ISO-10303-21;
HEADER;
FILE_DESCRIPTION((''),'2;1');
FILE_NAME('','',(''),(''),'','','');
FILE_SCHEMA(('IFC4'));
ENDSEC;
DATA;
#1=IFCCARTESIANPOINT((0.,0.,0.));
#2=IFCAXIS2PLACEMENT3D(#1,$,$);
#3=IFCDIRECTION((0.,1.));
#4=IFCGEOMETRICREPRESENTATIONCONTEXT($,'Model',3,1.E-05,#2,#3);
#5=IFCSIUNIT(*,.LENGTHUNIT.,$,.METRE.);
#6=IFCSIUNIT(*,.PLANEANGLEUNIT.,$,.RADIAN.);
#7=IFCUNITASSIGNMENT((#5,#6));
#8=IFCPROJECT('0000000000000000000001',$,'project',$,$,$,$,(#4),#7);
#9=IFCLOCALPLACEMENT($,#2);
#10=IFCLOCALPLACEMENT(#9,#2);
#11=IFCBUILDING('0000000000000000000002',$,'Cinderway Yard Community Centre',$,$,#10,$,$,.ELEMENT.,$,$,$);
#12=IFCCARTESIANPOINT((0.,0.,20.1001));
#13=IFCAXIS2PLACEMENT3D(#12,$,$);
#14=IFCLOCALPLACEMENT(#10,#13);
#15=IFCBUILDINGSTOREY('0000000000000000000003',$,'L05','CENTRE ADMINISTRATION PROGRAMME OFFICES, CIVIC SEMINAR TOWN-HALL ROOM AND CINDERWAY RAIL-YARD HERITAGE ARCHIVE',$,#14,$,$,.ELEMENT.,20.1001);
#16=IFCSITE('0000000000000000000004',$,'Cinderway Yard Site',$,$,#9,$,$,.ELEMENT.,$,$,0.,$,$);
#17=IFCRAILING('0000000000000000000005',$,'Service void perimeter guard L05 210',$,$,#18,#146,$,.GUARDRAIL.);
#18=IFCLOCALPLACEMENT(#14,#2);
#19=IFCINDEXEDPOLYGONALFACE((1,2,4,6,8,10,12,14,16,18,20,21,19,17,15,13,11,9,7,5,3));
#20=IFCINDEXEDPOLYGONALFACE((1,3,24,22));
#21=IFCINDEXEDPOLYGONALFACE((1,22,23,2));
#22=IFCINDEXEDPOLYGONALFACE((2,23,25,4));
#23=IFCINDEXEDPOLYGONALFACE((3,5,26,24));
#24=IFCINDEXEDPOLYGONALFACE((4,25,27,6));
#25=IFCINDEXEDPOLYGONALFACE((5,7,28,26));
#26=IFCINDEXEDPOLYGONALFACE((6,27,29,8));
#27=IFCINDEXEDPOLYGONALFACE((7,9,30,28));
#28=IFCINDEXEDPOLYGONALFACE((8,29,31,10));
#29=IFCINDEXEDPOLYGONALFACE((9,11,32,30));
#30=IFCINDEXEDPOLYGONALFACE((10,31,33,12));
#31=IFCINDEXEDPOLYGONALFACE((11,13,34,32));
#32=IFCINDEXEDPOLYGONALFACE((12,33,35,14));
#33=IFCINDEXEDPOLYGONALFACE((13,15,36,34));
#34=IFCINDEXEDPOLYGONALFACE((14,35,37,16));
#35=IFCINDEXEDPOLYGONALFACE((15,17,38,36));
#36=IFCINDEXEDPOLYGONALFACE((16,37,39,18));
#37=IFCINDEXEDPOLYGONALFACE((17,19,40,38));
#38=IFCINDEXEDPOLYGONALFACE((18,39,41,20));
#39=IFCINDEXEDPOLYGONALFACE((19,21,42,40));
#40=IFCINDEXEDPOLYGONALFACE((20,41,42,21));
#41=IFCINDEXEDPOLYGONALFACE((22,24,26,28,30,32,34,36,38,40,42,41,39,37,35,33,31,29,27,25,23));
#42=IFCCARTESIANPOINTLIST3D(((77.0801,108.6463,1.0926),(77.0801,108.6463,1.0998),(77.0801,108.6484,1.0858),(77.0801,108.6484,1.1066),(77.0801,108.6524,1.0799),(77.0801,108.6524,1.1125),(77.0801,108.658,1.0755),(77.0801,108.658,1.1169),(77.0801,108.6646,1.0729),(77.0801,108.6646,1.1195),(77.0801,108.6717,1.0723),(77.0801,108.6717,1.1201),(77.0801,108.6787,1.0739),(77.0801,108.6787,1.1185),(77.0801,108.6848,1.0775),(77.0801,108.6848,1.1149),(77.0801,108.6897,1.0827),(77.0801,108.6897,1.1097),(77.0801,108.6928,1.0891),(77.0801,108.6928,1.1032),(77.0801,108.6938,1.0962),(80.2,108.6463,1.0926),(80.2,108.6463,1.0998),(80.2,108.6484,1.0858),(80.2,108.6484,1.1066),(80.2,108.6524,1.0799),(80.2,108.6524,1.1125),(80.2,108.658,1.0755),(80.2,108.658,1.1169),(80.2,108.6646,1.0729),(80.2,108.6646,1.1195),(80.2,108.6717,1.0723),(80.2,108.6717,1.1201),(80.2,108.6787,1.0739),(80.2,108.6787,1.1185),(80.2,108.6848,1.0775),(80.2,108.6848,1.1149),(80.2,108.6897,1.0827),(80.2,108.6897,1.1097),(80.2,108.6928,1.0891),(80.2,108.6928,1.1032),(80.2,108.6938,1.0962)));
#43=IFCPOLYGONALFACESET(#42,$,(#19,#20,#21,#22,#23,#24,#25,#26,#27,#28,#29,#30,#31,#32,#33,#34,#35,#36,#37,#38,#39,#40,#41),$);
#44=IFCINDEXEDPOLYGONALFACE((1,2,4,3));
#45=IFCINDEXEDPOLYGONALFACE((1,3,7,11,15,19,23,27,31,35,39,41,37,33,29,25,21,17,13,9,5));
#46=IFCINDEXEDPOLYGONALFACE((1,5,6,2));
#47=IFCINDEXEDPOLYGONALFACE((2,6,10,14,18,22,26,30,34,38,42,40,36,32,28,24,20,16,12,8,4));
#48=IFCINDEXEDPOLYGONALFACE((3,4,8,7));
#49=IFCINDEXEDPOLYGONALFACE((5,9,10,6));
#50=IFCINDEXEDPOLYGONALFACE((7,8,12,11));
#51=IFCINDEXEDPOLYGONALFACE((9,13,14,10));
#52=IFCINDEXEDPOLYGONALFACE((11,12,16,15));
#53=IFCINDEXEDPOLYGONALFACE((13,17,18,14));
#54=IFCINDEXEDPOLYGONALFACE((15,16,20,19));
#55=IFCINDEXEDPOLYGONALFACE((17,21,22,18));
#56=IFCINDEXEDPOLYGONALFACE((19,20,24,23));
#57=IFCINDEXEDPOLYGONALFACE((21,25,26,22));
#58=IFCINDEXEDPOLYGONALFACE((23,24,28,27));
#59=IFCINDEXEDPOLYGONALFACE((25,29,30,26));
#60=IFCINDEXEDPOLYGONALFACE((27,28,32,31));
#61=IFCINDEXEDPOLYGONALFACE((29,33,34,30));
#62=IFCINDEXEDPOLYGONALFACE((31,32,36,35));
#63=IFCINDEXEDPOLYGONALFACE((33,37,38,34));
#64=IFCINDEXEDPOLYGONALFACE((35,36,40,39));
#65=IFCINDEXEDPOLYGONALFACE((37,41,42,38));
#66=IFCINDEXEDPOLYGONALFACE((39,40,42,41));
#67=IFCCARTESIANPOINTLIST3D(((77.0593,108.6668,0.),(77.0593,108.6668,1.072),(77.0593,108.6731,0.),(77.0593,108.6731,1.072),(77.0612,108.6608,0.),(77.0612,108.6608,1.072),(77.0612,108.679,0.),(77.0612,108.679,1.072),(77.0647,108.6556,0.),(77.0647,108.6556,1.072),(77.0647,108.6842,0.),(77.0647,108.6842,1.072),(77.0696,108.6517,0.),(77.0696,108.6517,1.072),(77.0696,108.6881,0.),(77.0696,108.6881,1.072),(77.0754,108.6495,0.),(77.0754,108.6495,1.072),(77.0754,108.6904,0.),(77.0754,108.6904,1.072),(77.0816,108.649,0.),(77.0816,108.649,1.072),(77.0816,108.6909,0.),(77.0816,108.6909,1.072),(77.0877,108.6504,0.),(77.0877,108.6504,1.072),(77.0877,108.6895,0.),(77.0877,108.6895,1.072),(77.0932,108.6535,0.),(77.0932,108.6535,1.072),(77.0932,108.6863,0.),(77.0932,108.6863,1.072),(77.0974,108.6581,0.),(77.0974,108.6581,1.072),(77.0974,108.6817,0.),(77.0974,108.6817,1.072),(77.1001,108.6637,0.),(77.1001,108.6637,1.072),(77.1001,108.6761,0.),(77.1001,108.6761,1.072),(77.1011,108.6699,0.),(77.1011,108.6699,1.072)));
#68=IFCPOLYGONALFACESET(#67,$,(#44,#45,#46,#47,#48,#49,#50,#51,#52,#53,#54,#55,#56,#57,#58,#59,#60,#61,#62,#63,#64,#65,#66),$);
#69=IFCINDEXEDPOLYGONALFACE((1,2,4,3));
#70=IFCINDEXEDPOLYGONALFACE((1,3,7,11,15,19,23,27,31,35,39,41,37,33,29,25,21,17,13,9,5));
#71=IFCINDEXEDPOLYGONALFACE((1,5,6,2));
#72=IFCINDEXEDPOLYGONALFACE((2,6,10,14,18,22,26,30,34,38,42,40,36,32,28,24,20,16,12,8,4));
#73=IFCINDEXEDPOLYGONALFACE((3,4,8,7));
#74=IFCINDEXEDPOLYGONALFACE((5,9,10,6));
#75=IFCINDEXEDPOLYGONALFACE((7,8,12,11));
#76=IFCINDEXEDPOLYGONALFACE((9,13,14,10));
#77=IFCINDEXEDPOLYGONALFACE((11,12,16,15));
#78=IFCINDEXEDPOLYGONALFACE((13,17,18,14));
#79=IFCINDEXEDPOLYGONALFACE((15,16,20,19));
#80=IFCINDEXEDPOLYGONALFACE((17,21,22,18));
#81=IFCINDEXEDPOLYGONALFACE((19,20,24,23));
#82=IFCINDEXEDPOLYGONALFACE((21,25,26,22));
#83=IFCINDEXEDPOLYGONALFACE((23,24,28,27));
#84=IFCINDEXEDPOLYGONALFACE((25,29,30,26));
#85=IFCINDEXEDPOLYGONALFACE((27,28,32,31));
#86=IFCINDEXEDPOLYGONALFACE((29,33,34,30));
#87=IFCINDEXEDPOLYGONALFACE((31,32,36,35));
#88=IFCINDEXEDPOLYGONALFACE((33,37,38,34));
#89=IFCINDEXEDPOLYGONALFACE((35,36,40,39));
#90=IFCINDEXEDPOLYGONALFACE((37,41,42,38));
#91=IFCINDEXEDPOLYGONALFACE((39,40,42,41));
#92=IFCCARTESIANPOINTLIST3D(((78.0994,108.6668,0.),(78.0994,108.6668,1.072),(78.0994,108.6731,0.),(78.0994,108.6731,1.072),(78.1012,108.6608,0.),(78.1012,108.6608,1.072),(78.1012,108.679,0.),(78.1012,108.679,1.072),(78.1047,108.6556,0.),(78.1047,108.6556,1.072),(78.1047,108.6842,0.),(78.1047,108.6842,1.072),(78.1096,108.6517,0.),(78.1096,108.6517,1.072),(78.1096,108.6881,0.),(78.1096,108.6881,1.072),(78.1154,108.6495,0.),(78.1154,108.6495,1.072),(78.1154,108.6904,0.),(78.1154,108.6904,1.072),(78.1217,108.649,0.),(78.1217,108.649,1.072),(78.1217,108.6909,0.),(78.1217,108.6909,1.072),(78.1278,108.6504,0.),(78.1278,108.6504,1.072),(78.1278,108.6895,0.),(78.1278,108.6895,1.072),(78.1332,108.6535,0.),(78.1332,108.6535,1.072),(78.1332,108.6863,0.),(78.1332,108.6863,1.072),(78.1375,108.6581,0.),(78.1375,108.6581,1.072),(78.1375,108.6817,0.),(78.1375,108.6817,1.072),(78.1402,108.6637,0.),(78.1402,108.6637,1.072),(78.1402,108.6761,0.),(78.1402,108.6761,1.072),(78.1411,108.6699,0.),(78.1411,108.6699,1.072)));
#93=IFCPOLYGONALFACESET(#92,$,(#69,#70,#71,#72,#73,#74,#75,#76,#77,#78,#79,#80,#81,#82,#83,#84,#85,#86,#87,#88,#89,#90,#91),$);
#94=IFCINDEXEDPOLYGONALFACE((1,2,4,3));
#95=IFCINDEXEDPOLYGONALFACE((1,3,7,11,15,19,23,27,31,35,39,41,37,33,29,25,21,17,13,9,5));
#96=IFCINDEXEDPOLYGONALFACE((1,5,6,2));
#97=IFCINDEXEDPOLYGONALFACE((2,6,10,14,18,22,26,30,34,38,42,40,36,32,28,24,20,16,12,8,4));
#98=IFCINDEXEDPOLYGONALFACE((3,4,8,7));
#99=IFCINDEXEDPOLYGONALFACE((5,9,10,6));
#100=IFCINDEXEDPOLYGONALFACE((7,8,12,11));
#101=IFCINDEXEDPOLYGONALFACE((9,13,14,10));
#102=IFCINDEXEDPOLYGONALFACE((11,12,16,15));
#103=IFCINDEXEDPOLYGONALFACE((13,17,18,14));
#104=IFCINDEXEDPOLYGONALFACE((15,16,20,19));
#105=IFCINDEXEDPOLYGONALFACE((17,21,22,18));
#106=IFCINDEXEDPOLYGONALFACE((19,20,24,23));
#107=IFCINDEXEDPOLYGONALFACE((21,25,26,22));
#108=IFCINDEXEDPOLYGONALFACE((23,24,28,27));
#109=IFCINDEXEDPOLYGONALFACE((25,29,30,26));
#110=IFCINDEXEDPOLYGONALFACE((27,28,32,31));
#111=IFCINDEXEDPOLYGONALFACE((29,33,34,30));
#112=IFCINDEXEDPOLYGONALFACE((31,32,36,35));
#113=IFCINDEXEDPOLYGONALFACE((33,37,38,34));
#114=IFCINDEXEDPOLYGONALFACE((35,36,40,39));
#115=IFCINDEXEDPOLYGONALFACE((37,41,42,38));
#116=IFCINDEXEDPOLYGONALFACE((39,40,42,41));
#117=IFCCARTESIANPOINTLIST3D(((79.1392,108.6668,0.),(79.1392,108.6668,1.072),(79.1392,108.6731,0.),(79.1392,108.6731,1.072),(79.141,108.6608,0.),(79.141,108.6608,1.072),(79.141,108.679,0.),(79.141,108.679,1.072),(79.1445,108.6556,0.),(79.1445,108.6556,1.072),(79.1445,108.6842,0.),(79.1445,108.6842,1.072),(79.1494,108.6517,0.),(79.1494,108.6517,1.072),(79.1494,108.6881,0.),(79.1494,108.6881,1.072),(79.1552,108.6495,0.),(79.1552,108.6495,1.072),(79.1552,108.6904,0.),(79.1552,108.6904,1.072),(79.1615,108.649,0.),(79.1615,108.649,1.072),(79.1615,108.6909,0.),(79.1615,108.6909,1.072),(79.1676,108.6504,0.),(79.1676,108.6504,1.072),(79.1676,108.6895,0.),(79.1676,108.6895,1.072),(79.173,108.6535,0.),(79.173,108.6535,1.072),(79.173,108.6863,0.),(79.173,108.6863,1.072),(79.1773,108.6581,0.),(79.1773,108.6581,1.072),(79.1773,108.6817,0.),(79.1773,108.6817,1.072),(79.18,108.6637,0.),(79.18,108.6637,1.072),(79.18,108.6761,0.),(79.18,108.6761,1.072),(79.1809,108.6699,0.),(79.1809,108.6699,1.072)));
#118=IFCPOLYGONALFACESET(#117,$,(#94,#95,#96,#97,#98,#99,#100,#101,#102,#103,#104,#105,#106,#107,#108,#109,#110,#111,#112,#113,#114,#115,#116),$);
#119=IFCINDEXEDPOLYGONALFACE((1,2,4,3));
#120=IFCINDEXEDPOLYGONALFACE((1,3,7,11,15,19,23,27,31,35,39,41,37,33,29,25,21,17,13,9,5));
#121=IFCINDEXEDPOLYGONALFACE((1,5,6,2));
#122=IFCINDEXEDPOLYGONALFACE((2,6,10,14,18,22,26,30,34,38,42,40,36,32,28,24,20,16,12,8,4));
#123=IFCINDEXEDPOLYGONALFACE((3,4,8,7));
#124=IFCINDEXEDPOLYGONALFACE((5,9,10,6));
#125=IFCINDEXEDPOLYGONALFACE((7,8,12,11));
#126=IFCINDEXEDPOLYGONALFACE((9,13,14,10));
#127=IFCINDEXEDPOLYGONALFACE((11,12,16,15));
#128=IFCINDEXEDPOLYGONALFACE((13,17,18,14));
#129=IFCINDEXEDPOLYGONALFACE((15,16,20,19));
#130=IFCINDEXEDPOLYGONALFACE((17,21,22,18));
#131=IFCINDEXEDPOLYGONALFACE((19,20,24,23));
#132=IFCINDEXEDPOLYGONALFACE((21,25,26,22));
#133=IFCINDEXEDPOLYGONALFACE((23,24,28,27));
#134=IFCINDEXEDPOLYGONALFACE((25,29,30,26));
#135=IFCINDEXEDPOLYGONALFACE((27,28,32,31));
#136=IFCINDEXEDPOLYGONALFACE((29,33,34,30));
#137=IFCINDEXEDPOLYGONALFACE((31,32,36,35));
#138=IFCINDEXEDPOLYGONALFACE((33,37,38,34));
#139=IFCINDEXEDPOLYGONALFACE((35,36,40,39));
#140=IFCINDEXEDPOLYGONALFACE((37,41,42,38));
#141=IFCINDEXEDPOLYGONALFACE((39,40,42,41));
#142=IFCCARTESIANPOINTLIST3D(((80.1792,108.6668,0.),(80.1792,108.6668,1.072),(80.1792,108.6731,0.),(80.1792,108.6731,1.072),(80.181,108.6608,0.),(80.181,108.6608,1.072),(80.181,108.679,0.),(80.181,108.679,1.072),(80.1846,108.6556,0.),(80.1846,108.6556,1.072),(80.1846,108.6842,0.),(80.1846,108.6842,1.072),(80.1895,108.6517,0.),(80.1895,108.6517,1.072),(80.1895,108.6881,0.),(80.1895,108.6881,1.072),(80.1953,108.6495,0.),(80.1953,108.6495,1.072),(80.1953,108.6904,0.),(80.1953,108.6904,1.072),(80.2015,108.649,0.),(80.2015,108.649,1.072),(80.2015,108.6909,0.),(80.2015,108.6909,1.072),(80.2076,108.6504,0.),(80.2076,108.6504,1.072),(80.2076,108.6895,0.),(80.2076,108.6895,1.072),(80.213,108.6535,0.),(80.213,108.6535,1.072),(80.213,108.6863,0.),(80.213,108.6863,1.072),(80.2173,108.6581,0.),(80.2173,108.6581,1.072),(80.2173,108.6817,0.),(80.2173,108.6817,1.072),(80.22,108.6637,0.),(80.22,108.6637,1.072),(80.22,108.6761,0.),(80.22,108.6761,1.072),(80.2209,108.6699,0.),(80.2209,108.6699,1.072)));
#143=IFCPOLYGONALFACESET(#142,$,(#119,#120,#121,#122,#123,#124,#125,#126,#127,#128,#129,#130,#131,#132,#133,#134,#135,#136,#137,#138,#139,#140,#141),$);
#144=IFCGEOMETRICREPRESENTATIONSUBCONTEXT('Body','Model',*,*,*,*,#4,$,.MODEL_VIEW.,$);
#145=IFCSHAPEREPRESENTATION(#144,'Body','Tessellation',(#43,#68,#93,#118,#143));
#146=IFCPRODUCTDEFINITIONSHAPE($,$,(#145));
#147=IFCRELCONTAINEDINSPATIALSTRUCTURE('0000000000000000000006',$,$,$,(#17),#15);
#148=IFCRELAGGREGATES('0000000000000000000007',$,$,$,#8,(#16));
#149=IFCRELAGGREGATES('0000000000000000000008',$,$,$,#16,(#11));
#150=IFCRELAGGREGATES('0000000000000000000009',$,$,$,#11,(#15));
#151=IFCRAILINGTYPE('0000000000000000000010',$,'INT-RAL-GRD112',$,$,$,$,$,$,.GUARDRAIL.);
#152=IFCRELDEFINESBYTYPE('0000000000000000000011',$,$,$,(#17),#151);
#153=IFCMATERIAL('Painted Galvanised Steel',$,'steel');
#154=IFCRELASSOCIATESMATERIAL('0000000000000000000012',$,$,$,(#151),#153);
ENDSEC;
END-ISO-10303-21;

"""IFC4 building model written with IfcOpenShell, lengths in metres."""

from ifc_helpers import new_model, si_unit, direction, frame, origin, origin_2d, place, context, subcontext, project, spatial, circle, extrude, material, type_object, element, save


model = new_model("IFC4")

# Units and contexts
model_context = context("Model", 3, precision=1e-05, world=origin(), true_north=direction((0.0, 1.0)))
body_context = subcontext(model_context, "Body", "Model", "MODEL_VIEW")
ifc_project = project(units=[si_unit("LENGTHUNIT", "METRE"), si_unit("PLANEANGLEUNIT", "RADIAN")], contexts=[model_context])

# Site, building, storey
site_placement = place(None, origin())
site = spatial("IfcSite", under=ifc_project, at=site_placement, Name="Cinderway Yard Site", CompositionType="ELEMENT", RefElevation=0.0)
building_placement = place(site_placement, origin())
building = spatial("IfcBuilding", under=site, at=building_placement, Name="Cinderway Yard Community Centre", CompositionType="ELEMENT")
storey_placement = place(building_placement, frame((0.0, 0.0, 20.1001)))
storey = spatial("IfcBuildingStorey", under=building, at=storey_placement, Name="L05", Description="CENTRE ADMINISTRATION PROGRAMME OFFICES, CIVIC SEMINAR TOWN-HALL ROOM AND CINDERWAY RAIL-YARD HERITAGE ARCHIVE", CompositionType="ELEMENT", Elevation=20.1001)

# Shared definitions
ifc_material_1 = material(Name="Painted Galvanised Steel", Category="steel")

# Railing
railing_type = type_object("IfcRailingType", Name="INT-RAL-GRD112", PredefinedType="GUARDRAIL", material=ifc_material_1)
railing_1_placement = place(storey_placement, frame((77.0801, 108.6699, 0.0)))
element("IfcRailing", 1, at=railing_1_placement, inside=storey, type_object=railing_type, Name="Service void perimeter guard L05 210", PredefinedType="GUARDRAIL", context=body_context, shape_type="SweptSolid", body=[
    extrude(circle(Radius=0.0239, at=origin_2d()), frame((0.0, 0.0, 1.0962), z_axis=(1.0, 0.0, 0.0), x_axis=(0.0, 1.0, 0.0)), (0.0, 0.0, 1.0), 3.1199),
    extrude(circle(Radius=0.021, at=origin_2d()), origin(), (0.0, 0.0, 1.0), 1.072),
    extrude(circle(Radius=0.021, at=origin_2d()), frame((1.04, 0.0, 0.0)), (0.0, 0.0, 1.0), 1.072),
    extrude(circle(Radius=0.021, at=origin_2d()), frame((2.0798, 0.0, 0.0)), (0.0, 0.0, 1.0), 1.072),
    extrude(circle(Radius=0.021, at=origin_2d()), frame((3.1199, 0.0, 0.0)), (0.0, 0.0, 1.0), 1.072),
])

save(model, "model.ifc")
